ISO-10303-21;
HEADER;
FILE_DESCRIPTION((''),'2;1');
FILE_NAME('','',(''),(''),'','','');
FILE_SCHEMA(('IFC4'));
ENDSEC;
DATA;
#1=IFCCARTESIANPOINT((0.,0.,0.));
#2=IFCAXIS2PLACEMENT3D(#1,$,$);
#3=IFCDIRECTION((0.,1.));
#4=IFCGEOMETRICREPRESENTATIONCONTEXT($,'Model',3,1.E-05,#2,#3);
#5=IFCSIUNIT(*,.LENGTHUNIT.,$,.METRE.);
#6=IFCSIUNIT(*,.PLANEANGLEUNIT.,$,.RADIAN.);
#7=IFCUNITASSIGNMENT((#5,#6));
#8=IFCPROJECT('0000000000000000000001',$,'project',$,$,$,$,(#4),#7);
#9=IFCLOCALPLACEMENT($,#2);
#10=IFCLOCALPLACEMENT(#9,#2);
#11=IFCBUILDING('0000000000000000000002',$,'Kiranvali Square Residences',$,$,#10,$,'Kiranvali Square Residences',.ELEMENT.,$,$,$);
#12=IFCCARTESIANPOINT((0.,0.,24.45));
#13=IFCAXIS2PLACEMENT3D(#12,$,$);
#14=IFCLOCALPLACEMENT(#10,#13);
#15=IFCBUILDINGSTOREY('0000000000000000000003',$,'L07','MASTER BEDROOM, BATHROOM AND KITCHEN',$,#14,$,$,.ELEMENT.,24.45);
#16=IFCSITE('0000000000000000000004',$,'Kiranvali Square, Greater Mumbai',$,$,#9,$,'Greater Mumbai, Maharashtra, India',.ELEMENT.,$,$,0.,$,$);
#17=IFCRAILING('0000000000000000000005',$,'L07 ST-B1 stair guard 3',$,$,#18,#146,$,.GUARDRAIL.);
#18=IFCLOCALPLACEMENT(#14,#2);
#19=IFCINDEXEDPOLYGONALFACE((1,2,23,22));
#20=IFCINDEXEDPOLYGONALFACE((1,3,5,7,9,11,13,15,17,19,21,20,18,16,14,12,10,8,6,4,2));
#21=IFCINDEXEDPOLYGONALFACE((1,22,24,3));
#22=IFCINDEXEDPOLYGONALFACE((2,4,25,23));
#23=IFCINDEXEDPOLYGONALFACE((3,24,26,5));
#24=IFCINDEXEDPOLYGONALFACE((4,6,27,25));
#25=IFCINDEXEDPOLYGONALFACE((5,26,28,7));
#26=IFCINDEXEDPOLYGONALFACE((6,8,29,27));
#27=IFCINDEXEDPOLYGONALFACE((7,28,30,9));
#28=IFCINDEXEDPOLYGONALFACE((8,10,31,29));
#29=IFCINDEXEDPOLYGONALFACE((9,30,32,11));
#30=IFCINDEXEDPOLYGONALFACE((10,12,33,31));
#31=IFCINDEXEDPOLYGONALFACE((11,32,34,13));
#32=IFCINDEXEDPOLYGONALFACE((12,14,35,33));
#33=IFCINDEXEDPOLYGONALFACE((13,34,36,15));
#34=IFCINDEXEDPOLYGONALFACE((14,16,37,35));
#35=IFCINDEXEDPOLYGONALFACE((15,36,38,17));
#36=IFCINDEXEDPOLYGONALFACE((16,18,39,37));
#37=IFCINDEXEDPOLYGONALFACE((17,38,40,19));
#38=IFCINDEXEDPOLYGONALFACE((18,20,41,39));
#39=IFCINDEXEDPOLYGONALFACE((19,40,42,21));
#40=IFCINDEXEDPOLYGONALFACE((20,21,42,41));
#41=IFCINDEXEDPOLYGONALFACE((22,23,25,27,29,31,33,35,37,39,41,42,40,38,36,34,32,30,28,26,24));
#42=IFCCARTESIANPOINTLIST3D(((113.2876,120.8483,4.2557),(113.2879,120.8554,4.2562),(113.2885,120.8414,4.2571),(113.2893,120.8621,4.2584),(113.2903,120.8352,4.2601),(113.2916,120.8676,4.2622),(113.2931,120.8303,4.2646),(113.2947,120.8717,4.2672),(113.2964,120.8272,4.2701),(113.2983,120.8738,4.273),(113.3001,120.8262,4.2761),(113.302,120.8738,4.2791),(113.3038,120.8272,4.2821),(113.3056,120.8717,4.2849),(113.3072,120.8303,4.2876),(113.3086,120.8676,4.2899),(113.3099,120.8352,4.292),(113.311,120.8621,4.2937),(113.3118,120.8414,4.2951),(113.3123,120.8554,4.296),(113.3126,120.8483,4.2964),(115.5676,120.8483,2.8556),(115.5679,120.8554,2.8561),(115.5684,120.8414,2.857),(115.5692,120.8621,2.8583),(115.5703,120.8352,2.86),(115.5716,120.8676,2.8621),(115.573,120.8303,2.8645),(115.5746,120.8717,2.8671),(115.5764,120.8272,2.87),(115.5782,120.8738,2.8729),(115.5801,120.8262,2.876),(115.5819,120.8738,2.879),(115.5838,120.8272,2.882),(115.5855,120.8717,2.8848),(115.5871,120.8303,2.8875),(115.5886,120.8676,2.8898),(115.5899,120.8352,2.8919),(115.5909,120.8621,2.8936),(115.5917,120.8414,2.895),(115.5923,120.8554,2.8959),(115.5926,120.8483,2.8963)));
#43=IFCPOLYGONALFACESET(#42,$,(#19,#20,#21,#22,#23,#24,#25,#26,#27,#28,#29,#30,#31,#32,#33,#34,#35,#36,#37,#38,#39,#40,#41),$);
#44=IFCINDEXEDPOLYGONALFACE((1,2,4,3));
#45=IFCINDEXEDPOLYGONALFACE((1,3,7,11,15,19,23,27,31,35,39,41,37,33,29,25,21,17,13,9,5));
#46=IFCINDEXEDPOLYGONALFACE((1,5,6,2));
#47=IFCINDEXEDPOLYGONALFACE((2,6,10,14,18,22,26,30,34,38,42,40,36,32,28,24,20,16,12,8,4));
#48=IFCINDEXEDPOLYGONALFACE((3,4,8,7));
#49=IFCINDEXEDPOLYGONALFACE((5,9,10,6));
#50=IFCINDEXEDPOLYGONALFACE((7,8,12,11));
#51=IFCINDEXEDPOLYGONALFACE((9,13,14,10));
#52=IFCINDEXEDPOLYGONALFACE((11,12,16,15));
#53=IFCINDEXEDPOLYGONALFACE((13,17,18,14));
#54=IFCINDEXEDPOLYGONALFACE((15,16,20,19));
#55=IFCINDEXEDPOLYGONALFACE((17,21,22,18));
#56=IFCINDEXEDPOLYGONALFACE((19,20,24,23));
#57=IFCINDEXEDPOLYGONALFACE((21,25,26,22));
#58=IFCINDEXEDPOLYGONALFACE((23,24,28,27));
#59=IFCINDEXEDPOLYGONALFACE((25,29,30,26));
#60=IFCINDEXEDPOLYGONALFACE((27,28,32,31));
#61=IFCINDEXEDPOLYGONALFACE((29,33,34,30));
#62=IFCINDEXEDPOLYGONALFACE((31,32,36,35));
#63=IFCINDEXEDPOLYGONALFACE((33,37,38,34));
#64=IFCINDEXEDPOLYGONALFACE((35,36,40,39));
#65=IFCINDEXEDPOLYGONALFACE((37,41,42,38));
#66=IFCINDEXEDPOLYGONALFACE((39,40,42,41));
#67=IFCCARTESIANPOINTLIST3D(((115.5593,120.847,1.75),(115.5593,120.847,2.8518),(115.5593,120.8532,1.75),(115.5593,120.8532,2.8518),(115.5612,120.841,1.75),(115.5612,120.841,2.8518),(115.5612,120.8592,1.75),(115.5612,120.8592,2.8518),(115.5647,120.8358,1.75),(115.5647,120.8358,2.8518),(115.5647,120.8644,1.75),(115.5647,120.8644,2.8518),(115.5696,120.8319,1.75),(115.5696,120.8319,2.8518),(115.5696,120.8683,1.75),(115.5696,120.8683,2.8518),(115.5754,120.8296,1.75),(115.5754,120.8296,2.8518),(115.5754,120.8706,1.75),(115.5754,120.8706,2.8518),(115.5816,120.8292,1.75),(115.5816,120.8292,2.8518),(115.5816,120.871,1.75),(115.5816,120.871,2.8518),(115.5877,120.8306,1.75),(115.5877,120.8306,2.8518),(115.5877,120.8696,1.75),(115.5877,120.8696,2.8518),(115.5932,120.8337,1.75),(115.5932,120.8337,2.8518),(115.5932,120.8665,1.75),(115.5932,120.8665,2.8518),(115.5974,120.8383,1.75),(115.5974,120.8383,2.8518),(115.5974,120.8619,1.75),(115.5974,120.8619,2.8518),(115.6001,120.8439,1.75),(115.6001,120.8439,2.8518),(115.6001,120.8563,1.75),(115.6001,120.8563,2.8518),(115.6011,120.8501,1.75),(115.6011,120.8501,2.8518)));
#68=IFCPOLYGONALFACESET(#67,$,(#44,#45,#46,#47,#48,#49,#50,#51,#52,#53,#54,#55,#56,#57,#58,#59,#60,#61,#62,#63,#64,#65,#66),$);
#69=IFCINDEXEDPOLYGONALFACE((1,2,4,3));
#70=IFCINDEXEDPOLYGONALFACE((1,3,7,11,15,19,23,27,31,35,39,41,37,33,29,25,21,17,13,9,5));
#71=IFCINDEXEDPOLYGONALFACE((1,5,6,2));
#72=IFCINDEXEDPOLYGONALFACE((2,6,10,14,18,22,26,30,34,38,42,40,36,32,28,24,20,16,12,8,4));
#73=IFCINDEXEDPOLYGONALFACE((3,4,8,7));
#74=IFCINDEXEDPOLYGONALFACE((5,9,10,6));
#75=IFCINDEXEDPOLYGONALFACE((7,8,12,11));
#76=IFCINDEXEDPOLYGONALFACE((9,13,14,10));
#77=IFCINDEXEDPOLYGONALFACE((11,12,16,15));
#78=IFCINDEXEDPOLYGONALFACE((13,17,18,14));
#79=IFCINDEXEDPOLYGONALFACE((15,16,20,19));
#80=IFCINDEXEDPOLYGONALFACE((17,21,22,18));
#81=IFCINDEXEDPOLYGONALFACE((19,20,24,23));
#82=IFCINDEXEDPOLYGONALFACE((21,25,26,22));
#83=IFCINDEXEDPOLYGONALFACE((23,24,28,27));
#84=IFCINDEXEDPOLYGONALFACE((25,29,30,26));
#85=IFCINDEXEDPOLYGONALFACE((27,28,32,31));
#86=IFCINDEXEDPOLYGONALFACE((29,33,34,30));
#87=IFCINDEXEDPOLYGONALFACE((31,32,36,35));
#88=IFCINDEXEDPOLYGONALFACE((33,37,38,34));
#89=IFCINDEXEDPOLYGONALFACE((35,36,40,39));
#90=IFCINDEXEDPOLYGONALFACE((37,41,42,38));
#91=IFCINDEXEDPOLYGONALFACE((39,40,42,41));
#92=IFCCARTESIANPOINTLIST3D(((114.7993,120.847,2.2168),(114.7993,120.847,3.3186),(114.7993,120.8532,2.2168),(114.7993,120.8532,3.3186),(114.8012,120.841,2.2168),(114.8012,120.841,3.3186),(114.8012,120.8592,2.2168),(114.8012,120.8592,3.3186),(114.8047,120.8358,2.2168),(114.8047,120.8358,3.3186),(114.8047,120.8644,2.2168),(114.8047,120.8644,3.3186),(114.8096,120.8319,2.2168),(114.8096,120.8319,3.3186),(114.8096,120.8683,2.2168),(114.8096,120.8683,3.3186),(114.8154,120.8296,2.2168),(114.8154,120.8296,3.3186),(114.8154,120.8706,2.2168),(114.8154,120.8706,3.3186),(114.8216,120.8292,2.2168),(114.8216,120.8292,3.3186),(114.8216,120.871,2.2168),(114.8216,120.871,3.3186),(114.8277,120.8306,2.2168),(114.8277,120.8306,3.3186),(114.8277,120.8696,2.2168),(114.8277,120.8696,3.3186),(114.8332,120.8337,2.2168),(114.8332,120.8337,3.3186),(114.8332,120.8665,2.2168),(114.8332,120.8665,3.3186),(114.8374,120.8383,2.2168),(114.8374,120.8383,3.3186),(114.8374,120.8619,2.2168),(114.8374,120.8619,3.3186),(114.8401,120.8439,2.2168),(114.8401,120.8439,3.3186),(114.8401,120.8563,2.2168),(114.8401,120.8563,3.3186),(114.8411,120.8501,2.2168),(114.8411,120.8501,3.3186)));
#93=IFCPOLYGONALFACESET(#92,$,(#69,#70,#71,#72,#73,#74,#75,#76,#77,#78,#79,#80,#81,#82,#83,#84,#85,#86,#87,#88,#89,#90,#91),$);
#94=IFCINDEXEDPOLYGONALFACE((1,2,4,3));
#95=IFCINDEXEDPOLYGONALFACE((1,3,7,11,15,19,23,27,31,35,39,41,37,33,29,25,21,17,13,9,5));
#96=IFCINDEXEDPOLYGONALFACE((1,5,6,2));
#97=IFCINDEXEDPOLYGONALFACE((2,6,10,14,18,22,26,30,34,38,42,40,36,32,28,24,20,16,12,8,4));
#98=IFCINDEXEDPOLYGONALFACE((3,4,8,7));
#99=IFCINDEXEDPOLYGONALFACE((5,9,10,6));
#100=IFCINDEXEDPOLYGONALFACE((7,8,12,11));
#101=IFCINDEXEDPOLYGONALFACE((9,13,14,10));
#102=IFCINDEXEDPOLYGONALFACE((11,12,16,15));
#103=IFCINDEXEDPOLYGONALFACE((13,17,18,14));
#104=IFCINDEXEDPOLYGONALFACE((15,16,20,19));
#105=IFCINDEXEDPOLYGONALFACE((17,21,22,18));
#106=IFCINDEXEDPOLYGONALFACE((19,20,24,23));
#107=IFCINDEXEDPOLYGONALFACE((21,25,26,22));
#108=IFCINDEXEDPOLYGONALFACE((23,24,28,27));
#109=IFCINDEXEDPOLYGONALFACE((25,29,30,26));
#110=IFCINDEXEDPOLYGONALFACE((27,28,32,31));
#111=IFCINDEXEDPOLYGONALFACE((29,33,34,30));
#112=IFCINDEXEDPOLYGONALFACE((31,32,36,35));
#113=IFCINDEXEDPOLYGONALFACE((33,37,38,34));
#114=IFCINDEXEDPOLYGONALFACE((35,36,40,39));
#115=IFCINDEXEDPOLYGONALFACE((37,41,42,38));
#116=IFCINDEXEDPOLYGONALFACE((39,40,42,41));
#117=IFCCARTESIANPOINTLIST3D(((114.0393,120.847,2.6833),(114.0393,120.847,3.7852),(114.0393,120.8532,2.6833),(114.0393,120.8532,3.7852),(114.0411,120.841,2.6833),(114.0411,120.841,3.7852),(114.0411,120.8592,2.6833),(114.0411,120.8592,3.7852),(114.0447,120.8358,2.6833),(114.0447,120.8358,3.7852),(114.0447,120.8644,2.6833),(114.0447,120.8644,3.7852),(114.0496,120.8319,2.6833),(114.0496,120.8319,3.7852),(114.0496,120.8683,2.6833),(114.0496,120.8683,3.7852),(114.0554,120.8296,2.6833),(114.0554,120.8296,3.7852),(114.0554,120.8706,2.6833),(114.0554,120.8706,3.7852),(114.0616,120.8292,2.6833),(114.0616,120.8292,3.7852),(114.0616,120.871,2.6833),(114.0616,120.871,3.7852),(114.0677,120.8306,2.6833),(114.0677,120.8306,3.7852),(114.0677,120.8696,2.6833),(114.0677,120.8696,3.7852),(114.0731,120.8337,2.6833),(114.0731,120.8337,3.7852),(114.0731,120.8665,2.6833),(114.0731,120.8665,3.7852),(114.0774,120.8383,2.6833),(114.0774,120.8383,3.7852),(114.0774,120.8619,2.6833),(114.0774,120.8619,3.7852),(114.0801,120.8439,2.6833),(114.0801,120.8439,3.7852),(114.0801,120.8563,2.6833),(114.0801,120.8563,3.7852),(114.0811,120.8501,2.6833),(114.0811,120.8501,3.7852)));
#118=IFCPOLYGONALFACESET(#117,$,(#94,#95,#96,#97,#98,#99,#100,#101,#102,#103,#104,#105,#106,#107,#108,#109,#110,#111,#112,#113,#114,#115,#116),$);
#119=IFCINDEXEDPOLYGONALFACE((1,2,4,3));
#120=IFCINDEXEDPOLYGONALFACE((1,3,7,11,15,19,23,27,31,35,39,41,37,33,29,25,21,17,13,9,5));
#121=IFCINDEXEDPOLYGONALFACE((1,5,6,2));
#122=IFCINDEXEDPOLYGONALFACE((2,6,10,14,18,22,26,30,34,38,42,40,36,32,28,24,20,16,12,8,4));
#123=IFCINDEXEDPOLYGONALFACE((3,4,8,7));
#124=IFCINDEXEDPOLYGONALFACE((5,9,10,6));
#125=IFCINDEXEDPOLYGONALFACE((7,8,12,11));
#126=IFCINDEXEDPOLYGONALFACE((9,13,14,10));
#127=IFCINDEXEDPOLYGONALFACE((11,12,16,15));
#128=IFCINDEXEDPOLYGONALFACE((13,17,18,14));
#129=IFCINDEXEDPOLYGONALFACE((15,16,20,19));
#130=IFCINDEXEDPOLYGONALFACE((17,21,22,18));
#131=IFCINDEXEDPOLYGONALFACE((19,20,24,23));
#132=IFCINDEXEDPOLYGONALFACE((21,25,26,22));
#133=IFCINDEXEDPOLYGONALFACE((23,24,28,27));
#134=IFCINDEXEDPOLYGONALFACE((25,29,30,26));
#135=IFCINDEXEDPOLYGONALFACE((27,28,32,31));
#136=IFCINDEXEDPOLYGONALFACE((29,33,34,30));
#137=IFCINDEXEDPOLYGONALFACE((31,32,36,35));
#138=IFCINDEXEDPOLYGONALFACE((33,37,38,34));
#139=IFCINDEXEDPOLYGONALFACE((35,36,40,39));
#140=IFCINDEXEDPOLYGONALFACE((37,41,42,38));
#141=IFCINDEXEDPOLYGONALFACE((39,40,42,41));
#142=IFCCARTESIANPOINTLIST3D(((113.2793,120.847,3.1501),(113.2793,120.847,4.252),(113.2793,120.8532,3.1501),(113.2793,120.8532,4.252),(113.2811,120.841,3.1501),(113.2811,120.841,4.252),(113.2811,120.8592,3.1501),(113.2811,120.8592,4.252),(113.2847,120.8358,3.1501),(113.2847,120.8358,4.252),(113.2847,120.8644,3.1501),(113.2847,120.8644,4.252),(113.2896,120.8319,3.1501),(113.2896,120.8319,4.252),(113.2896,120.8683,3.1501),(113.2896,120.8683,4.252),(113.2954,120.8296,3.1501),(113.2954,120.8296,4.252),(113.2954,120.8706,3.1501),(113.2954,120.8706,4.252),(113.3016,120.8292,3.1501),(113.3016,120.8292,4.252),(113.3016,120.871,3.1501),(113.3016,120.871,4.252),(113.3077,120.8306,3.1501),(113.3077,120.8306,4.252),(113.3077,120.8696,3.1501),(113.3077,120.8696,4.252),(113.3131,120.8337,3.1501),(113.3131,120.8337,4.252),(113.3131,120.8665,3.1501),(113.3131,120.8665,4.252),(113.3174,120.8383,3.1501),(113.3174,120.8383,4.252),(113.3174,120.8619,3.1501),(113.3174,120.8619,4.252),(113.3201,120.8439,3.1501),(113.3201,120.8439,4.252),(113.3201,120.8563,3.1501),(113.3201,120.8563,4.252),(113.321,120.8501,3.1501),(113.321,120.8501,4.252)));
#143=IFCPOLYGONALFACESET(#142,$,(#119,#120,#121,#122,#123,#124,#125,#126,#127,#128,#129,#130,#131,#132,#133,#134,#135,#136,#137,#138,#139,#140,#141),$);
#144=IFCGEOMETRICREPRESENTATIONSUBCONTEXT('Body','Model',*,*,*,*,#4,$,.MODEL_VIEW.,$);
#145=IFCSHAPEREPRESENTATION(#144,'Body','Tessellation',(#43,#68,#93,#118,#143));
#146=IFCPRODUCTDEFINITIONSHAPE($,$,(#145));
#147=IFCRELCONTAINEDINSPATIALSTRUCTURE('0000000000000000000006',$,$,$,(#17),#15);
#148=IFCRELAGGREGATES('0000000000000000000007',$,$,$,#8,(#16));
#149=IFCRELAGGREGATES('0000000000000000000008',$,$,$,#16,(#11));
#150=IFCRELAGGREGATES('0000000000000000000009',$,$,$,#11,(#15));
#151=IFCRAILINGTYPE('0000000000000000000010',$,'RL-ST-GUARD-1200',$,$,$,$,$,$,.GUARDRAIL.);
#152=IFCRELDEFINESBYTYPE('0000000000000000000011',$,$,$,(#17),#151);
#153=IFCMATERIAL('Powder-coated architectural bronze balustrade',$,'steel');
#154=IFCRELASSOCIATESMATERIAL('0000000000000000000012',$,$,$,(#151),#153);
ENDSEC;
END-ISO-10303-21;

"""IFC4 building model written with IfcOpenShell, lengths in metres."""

from ifc_helpers import new_model, si_unit, direction, frame, origin, origin_2d, place, context, subcontext, project, spatial, circle, extrude, material, type_object, element, save


model = new_model("IFC4")

# Units and contexts
model_context = context("Model", 3, precision=1e-05, world=origin(), true_north=direction((0.0, 1.0)))
body_context = subcontext(model_context, "Body", "Model", "MODEL_VIEW")
ifc_project = project(units=[si_unit("LENGTHUNIT", "METRE"), si_unit("PLANEANGLEUNIT", "RADIAN")], contexts=[model_context])

# Site, building, storey
site_placement = place(None, origin())
site = spatial("IfcSite", under=ifc_project, at=site_placement, Name="Kiranvali Square, Greater Mumbai", LongName="Greater Mumbai, Maharashtra, India", CompositionType="ELEMENT", RefElevation=0.0)
building_placement = place(site_placement, origin())
building = spatial("IfcBuilding", under=site, at=building_placement, Name="Kiranvali Square Residences", LongName="Kiranvali Square Residences", CompositionType="ELEMENT")
storey_placement = place(building_placement, frame((0.0, 0.0, 24.45)))
storey = spatial("IfcBuildingStorey", under=building, at=storey_placement, Name="L07", Description="MASTER BEDROOM, BATHROOM AND KITCHEN", CompositionType="ELEMENT", Elevation=24.45)

# Railing
ifc_material_1 = material(Name="Powder-coated architectural bronze balustrade", Category="steel")
railing_type_1 = type_object("IfcRailingType", Name="RL-ST-GUARD-1200", PredefinedType="GUARDRAIL", material=ifc_material_1)
railing_1_placement = place(storey_placement, frame((115.5801, 120.8501, 1.75)))
element("IfcRailing", 1, at=railing_1_placement, inside=storey, type_object=railing_type_1, Name="L07 ST-B1 stair guard 3", PredefinedType="GUARDRAIL", context=body_context, shape_type="SweptSolid", body=[
    extrude(circle(Radius=0.0239, at=origin_2d()), frame((0.0, 0.0, 1.126), z_axis=(-0.85215, 0.0, 0.523298), x_axis=(0.0, -1.0, 0.0)), (0.0, 0.0, 1.0), 2.6755),
    extrude(circle(Radius=0.021, at=origin_2d()), origin(), (0.0, 0.0, 1.0), 1.1018),
    extrude(circle(Radius=0.021, at=origin_2d()), frame((-0.76, 0.0, 0.4668)), (0.0, 0.0, 1.0), 1.1018),
    extrude(circle(Radius=0.021, at=origin_2d()), frame((-1.52, 0.0, 0.9333)), (0.0, 0.0, 1.0), 1.1018),
    extrude(circle(Radius=0.021, at=origin_2d()), frame((-2.28, 0.0, 1.4001)), (0.0, 0.0, 1.0), 1.1018),
])

save(model, "model.ifc")
